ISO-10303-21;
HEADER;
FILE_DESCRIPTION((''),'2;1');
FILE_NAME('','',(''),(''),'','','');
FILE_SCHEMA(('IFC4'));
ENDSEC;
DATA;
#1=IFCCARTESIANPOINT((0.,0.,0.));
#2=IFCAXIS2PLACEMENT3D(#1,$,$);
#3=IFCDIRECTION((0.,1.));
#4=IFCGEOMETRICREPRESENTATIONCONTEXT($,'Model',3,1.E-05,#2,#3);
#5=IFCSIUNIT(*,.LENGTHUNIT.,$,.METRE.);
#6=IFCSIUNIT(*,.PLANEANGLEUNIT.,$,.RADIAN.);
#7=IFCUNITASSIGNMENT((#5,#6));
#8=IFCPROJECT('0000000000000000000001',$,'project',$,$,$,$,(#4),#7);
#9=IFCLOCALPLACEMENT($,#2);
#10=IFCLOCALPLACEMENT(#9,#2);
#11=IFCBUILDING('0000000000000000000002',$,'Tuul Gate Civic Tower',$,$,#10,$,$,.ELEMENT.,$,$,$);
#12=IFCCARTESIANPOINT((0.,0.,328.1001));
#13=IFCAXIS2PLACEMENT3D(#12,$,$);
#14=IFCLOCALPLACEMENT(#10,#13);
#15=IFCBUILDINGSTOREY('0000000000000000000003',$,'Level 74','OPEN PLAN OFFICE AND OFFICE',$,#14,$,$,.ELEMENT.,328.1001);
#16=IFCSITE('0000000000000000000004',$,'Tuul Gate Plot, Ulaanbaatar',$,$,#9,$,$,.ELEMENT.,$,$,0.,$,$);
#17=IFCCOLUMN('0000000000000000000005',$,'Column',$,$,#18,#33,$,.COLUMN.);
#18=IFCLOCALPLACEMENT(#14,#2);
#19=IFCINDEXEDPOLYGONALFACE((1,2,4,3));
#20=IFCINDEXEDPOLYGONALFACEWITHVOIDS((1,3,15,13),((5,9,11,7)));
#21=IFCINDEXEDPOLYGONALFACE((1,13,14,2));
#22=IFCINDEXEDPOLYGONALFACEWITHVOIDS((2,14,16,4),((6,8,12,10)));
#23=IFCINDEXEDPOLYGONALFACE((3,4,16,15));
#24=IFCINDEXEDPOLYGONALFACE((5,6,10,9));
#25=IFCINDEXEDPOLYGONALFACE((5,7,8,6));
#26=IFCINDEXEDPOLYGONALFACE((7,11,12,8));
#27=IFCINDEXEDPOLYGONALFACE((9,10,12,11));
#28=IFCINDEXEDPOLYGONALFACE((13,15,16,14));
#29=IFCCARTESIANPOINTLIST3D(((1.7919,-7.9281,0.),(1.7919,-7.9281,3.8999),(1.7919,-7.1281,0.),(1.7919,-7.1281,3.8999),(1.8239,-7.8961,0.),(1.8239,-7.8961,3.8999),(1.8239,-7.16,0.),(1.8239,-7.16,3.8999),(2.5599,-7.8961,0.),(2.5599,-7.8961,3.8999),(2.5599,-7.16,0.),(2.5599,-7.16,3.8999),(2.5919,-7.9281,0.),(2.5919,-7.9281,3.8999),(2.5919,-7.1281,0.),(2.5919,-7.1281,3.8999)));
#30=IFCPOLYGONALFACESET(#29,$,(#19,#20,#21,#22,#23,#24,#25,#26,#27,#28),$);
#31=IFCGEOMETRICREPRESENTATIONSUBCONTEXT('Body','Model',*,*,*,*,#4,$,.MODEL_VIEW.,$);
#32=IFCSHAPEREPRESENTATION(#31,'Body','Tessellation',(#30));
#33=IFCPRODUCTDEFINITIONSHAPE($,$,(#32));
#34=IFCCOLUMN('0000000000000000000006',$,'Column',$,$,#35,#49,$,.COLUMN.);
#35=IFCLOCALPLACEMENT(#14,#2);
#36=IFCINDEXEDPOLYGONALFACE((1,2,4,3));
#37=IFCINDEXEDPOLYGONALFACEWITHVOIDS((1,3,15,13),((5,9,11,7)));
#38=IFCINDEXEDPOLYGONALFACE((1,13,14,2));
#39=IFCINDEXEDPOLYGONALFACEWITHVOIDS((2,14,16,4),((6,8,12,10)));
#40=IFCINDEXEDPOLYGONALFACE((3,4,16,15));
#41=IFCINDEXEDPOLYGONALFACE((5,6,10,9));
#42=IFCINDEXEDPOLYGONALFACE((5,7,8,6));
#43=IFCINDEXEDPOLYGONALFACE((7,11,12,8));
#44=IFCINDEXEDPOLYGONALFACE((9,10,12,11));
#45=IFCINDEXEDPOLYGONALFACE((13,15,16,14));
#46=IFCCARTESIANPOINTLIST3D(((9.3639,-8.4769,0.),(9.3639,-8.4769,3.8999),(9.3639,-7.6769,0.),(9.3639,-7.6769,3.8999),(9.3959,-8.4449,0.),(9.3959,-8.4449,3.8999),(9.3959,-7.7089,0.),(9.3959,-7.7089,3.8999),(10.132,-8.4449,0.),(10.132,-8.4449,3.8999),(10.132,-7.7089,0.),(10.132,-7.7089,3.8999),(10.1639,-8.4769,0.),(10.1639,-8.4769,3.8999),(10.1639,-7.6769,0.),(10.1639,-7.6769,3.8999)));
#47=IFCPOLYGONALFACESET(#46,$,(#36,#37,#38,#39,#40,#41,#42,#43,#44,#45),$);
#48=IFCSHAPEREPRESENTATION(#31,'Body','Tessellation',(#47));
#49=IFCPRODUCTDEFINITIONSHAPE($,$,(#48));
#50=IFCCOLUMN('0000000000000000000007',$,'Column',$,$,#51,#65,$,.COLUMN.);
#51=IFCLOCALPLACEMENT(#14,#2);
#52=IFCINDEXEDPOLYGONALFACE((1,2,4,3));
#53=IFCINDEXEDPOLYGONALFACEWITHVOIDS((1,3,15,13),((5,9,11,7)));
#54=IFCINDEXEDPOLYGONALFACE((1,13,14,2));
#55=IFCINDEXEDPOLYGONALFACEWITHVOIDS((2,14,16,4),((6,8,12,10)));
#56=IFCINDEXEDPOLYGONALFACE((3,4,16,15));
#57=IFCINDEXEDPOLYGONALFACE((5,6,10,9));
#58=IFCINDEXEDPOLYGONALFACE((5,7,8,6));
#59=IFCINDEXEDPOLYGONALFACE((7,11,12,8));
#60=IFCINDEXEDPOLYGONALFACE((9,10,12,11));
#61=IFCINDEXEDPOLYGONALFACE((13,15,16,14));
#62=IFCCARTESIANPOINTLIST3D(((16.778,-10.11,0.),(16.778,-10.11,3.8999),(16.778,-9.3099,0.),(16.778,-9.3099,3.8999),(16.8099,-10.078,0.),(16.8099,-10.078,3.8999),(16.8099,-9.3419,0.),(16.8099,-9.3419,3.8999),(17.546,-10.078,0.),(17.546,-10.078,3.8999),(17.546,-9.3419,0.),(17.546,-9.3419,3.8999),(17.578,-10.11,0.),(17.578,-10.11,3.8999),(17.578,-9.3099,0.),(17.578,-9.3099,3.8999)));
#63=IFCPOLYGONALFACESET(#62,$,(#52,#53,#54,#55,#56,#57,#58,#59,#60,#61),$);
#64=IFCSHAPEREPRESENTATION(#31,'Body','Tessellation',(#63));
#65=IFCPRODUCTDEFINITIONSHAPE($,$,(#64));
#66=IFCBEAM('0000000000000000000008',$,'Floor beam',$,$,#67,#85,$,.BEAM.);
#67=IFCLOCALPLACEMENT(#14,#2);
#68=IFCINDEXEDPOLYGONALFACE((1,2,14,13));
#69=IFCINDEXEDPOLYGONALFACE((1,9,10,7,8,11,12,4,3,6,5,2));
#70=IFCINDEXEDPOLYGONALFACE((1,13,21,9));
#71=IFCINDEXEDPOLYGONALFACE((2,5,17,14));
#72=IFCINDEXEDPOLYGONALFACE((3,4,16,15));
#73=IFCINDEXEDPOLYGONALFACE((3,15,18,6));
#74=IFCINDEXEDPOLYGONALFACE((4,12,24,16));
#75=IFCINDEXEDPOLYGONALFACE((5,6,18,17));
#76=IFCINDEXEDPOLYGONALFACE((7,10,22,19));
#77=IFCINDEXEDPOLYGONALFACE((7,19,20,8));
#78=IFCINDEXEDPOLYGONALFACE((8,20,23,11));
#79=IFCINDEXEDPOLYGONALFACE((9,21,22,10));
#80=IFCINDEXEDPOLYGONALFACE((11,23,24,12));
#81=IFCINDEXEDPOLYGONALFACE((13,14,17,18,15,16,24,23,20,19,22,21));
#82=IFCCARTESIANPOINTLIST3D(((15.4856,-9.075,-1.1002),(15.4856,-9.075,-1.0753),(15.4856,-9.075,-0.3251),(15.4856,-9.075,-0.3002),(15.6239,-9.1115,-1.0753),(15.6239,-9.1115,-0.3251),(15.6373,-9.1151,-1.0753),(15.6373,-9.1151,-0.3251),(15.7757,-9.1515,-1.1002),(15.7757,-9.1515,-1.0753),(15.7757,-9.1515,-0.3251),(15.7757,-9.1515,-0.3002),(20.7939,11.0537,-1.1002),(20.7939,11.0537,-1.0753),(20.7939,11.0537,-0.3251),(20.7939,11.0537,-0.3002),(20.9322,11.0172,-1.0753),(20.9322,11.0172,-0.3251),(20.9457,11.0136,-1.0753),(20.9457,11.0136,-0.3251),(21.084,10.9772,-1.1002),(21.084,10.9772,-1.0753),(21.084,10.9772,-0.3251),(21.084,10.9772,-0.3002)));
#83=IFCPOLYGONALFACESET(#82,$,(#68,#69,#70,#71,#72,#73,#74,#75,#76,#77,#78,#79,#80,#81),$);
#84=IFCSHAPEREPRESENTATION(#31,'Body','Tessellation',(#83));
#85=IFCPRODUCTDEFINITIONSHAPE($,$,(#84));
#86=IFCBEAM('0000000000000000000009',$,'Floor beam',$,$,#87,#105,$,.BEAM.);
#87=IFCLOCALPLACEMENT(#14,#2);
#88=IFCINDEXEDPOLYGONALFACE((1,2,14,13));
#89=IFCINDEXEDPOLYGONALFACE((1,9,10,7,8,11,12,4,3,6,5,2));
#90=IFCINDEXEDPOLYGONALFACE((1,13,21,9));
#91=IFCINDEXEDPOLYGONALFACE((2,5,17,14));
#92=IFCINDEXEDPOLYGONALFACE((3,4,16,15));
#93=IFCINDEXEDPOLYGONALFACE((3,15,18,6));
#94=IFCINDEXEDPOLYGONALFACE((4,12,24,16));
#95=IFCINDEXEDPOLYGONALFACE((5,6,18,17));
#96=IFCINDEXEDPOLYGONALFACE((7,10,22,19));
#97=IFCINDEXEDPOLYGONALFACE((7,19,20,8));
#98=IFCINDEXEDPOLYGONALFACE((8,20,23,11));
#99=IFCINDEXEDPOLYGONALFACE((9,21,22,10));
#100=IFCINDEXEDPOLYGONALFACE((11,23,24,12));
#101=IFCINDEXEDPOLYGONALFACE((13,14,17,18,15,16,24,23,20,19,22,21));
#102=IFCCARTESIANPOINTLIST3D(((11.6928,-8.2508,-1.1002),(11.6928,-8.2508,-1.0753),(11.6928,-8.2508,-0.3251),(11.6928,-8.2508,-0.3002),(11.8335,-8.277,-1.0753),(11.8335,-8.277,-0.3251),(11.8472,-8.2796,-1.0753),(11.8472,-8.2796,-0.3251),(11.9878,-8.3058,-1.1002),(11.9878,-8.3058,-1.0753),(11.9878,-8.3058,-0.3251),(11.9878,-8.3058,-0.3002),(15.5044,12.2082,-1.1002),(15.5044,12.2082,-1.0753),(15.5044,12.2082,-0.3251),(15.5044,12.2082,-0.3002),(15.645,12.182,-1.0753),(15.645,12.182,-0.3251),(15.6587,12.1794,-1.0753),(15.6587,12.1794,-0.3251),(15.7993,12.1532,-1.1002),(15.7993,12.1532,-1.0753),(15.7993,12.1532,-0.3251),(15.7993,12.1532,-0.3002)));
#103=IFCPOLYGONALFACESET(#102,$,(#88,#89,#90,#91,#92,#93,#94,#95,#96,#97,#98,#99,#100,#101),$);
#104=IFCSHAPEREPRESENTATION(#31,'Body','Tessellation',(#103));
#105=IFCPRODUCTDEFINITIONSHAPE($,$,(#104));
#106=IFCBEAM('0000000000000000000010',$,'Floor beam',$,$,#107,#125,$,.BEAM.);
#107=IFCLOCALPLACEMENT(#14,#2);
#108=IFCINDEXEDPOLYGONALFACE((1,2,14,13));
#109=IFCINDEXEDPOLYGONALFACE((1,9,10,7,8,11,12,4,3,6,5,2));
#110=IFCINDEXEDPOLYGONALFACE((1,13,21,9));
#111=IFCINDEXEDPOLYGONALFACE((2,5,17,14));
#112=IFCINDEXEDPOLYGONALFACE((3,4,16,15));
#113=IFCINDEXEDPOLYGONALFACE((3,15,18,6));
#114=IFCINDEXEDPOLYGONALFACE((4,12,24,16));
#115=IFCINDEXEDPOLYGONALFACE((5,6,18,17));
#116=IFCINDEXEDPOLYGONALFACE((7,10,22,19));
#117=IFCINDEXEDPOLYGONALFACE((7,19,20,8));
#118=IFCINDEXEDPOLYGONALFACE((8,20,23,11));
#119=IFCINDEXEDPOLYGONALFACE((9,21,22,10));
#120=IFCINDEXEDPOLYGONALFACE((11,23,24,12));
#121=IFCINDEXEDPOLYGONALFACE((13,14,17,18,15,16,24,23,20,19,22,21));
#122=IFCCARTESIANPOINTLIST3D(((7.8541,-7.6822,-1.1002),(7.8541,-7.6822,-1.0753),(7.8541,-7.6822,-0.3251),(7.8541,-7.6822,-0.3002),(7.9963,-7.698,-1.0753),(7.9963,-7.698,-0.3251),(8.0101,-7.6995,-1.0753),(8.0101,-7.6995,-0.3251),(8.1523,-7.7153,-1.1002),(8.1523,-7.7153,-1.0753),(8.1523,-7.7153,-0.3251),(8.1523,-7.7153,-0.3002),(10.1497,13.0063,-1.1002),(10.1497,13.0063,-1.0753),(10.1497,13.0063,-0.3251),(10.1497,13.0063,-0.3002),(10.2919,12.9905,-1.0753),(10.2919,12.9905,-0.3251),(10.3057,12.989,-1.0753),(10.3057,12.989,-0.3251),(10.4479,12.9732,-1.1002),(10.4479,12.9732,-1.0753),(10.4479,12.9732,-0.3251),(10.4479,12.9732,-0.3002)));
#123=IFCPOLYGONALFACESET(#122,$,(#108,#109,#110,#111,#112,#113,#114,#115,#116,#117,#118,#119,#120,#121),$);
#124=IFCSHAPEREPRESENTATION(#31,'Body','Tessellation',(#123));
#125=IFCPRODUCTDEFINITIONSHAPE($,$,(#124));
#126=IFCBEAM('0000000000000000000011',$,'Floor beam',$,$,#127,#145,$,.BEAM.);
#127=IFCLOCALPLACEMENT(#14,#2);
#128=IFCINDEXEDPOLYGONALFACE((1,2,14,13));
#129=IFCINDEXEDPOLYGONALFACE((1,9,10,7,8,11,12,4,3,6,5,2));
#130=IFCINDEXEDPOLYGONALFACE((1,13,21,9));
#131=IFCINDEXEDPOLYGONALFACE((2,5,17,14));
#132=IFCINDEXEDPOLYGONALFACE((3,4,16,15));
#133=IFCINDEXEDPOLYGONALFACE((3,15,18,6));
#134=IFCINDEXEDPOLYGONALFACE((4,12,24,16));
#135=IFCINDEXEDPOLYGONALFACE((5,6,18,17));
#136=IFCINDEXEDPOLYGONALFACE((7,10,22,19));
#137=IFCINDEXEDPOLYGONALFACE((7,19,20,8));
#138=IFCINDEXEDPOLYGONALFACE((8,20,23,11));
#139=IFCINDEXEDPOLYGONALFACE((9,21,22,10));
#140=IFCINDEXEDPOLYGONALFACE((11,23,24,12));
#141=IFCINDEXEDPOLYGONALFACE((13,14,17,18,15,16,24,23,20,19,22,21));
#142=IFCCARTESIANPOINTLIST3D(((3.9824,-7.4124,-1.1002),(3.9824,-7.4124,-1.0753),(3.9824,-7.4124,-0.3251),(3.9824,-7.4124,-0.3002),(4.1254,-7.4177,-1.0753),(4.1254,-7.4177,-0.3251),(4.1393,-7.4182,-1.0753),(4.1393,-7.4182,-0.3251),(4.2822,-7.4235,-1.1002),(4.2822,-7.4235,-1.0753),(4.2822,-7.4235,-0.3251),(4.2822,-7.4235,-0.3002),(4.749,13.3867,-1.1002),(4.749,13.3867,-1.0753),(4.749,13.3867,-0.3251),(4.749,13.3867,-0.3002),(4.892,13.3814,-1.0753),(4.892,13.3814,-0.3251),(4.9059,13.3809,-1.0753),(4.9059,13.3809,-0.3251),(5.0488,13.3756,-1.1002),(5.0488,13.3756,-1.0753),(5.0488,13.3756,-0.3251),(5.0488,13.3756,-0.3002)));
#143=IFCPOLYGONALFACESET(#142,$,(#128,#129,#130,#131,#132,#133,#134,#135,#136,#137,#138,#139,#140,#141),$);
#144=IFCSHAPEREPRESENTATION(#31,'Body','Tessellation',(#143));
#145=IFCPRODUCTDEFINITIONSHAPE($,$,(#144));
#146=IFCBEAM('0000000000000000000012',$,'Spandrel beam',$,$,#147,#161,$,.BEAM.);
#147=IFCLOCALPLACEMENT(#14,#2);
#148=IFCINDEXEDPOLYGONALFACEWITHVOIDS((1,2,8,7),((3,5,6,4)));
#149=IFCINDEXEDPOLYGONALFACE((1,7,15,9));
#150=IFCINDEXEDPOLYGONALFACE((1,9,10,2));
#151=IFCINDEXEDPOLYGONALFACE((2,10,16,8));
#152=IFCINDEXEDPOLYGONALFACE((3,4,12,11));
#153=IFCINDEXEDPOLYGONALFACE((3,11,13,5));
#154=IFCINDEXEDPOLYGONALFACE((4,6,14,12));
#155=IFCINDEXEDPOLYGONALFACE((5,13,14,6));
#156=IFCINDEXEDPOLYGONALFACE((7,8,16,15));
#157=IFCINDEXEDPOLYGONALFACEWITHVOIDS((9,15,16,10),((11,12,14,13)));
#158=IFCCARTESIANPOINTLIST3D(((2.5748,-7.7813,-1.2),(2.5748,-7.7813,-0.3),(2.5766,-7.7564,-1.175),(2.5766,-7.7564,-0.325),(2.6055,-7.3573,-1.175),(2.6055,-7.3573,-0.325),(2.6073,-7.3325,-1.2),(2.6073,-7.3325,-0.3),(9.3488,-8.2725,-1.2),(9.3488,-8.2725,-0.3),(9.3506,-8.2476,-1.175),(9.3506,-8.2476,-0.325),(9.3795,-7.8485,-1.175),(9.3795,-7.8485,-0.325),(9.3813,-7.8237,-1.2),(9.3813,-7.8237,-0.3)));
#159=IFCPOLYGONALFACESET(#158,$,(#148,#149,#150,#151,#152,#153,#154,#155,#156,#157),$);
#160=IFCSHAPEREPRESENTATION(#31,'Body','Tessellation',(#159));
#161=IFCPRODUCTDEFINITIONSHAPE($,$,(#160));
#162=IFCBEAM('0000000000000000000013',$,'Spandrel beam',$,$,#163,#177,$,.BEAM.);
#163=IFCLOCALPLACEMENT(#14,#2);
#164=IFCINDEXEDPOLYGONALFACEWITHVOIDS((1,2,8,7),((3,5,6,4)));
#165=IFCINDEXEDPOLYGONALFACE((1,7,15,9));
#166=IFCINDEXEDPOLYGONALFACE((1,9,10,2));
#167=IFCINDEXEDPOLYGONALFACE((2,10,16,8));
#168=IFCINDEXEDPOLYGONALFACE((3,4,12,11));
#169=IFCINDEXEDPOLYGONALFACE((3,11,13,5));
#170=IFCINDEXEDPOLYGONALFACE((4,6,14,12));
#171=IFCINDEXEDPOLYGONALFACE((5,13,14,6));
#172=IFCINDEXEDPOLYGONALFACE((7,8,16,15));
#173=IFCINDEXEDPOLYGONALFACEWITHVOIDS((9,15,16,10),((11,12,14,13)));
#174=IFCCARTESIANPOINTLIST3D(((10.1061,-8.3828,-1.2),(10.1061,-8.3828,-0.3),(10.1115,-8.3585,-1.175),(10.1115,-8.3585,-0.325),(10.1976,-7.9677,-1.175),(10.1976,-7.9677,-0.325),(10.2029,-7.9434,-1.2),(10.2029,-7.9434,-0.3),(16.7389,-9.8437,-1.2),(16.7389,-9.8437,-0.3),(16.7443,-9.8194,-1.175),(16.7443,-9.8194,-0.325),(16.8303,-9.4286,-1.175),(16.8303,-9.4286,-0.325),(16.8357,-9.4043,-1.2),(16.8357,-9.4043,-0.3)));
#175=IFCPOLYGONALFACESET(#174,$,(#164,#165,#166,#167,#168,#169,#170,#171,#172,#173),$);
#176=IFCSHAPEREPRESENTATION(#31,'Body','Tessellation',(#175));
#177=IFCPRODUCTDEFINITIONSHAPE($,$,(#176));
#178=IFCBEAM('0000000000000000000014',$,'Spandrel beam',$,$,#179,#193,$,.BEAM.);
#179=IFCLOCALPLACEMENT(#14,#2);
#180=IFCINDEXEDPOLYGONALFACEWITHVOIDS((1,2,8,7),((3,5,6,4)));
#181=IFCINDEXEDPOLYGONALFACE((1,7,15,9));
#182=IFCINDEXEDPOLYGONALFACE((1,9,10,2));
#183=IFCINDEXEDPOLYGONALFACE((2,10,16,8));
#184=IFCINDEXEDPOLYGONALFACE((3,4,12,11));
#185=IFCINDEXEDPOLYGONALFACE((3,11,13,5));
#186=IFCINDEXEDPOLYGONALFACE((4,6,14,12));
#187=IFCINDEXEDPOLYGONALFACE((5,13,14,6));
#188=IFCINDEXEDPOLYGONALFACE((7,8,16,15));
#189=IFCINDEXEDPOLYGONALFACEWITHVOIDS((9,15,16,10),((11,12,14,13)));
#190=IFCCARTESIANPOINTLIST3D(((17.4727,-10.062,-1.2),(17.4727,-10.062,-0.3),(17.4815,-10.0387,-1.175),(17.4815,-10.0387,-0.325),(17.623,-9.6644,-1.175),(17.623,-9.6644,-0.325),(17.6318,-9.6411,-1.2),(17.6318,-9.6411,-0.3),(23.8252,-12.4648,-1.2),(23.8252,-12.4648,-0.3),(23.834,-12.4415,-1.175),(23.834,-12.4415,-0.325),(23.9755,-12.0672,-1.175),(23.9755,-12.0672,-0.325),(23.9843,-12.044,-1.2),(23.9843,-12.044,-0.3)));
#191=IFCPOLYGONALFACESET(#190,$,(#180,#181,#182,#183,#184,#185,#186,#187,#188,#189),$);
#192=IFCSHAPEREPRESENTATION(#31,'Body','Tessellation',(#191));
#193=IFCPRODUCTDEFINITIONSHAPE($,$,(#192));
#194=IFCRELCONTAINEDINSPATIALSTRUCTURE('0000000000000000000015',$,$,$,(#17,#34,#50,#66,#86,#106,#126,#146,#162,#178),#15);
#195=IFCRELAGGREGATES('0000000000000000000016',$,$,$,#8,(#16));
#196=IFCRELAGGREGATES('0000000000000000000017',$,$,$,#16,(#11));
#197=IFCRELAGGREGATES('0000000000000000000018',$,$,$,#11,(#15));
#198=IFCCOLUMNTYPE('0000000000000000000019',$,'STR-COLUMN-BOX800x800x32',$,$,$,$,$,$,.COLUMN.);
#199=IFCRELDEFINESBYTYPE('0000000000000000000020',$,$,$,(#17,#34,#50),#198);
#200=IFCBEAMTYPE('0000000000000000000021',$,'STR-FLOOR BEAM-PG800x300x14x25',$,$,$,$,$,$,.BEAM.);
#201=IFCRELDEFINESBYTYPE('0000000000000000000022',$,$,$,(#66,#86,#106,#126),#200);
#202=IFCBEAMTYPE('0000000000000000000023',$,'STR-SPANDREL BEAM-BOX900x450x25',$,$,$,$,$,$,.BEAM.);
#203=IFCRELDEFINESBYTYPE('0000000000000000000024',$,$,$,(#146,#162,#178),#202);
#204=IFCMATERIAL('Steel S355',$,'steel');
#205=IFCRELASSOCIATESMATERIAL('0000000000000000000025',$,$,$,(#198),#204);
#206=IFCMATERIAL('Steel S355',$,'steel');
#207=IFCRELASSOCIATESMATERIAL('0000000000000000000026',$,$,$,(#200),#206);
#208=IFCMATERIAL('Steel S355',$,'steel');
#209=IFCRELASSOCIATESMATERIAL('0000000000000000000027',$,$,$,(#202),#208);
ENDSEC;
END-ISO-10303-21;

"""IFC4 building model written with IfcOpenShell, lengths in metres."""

from ifc_helpers import new_model, si_unit, direction, frame, origin, origin_2d, place, context, subcontext, project, spatial, hollow_rectangle, i_section, extrude, material, material_profile, profile_set, type_object, element, save


model = new_model("IFC4")

# Units and contexts
model_context = context("Model", 3, precision=1e-05, world=origin(), true_north=direction((0.0, 1.0)))
body_context = subcontext(model_context, "Body", "Model", "MODEL_VIEW")
ifc_project = project(units=[si_unit("LENGTHUNIT", "METRE"), si_unit("PLANEANGLEUNIT", "RADIAN")], contexts=[model_context])

# Site, building, storey
site_placement = place(None, origin())
site = spatial("IfcSite", under=ifc_project, at=site_placement, Name="Tuul Gate Plot, Ulaanbaatar", CompositionType="ELEMENT", RefElevation=0.0)
building_placement = place(site_placement, origin())
building = spatial("IfcBuilding", under=site, at=building_placement, Name="Tuul Gate Civic Tower", CompositionType="ELEMENT")
storey_placement = place(building_placement, frame((0.0, 0.0, 328.1001)))
storey = spatial("IfcBuildingStorey", under=building, at=storey_placement, Name="Level 74", Description="OPEN PLAN OFFICE AND OFFICE", CompositionType="ELEMENT", Elevation=328.1001)

# Columns
ifc_material_1 = material(Name="Steel S355", Category="steel")
ifc_material_profile_1 = material_profile(ifc_material_1, hollow_rectangle(XDim=0.8, YDim=0.8, WallThickness=0.032, at=origin_2d()), Name="BOX800x800x32")
ifc_profile_set_1 = profile_set([ifc_material_profile_1], Name="Steel S355")
column_type = type_object("IfcColumnType", Name="STR-COLUMN-BOX800x800x32", PredefinedType="COLUMN", material=ifc_profile_set_1)
for number, where, z_axis, x_axis, name in (
    (1, (2.1919, -7.5281, 0.0), (0.0, 0.0, 1.0), (1.0, 0.0, 0.0), "Column"),
    (2, (9.7639, -8.0769, 0.0), (0.0, 0.0, 1.0), (1.0, 0.0, 0.0), "Column"),
    (3, (17.178, -9.71, 0.0), (0.0, 0.0, 1.0), (1.0, 0.0, 0.0), "Column"),
):
    element("IfcColumn", number, at=place(storey_placement, frame(where, z_axis=z_axis, x_axis=x_axis)), inside=storey, type_object=column_type, Name=name, PredefinedType="COLUMN", context=body_context, shape_type="SweptSolid", body=[
        extrude(hollow_rectangle(XDim=0.8, YDim=0.8, WallThickness=0.032, at=origin_2d()), origin(), (0.0, 0.0, 1.0), 3.8999),
    ])

# Beams
ifc_material_2 = material(Name="Steel S355", Category="steel")
ifc_material_profile_2 = material_profile(ifc_material_2, i_section(OverallWidth=0.3, OverallDepth=0.8, WebThickness=0.0139, FlangeThickness=0.0249, at=origin_2d()), Name="PG800x300x14x25")
ifc_profile_set_2 = profile_set([ifc_material_profile_2], Name="Steel S355")
beam_type_1 = type_object("IfcBeamType", Name="STR-FLOOR BEAM-PG800x300x14x25", PredefinedType="BEAM", material=ifc_profile_set_2)
beam_1_placement = place(storey_placement, frame((15.6306, -9.1133, -0.7002), z_axis=(0.255002, 0.96694, 0.0), x_axis=(-0.96694, 0.255002, 0.0)))
element("IfcBeam", 4, at=beam_1_placement, inside=storey, type_object=beam_type_1, Name="Floor beam", PredefinedType="BEAM", context=body_context, shape_type="SweptSolid", body=[
    extrude(i_section(OverallWidth=0.3, OverallDepth=0.8, WebThickness=0.0139, FlangeThickness=0.0249, at=origin_2d()), origin(), (0.0, 0.0, 1.0), 20.8169),
])
beam_2_placement = place(storey_placement, frame((11.8403, -8.2783, -0.7002), z_axis=(0.183149, 0.983085, 0.0), x_axis=(-0.983085, 0.183149, 0.0)))
element("IfcBeam", 5, at=beam_2_placement, inside=storey, type_object=beam_type_1, Name="Floor beam", PredefinedType="BEAM", context=body_context, shape_type="SweptSolid", body=[
    extrude(i_section(OverallWidth=0.3, OverallDepth=0.8, WebThickness=0.0139, FlangeThickness=0.0249, at=origin_2d()), origin(), (0.0, 0.0, 1.0), 20.811),
])
beam_3_placement = place(storey_placement, frame((8.0032, -7.6987, -0.7002), z_axis=(0.110286, 0.9939, 0.0), x_axis=(-0.9939, 0.110286, 0.0)))
element("IfcBeam", 6, at=beam_3_placement, inside=storey, type_object=beam_type_1, Name="Floor beam", PredefinedType="BEAM", context=body_context, shape_type="SweptSolid", body=[
    extrude(i_section(OverallWidth=0.3, OverallDepth=0.8, WebThickness=0.0139, FlangeThickness=0.0249, at=origin_2d()), origin(), (0.0, 0.0, 1.0), 20.8154),
])
beam_4_placement = place(storey_placement, frame((4.1323, -7.418, -0.7002), z_axis=(0.036832, 0.999321, 0.0), x_axis=(-0.999321, 0.036832, 0.0)))
element("IfcBeam", 7, at=beam_4_placement, inside=storey, type_object=beam_type_1, Name="Floor beam", PredefinedType="BEAM", context=body_context, shape_type="SweptSolid", body=[
    extrude(i_section(OverallWidth=0.3, OverallDepth=0.8, WebThickness=0.0139, FlangeThickness=0.0249, at=origin_2d()), origin(), (0.0, 0.0, 1.0), 20.8132),
])
ifc_material_3 = material(Name="Steel S355", Category="steel")
ifc_material_profile_3 = material_profile(ifc_material_3, hollow_rectangle(XDim=0.45, YDim=0.8999, WallThickness=0.0249, at=origin_2d()), Name="BOX900x450x25")
ifc_profile_set_3 = profile_set([ifc_material_profile_3], Name="Steel S355")
beam_type_2 = type_object("IfcBeamType", Name="STR-SPANDREL BEAM-BOX900x450x25", PredefinedType="BEAM", material=ifc_profile_set_3)
for number, where, z_axis, x_axis, name in (
    (8, (2.5911, -7.5569, -0.75), (0.997381, -0.072325, 0.0), (0.072325, 0.997381, 0.0), "Spandrel beam"),
    (9, (10.1545, -8.1631, -0.75), (0.976591, -0.215103, 0.0), (0.215103, 0.976591, 0.0), "Spandrel beam"),
    (10, (17.5522, -9.8516, -0.75), (0.935327, -0.353785, 0.0), (0.353785, 0.935327, 0.0), "Spandrel beam"),
):
    element("IfcBeam", number, at=place(storey_placement, frame(where, z_axis=z_axis, x_axis=x_axis)), inside=storey, type_object=beam_type_2, Name=name, PredefinedType="BEAM", context=body_context, shape_type="SweptSolid", body=[
        extrude(hollow_rectangle(XDim=0.45, YDim=0.8999, WallThickness=0.0249, at=origin_2d()), origin(), (0.0, 0.0, 1.0), 6.7917),
    ])

save(model, "model.ifc")
